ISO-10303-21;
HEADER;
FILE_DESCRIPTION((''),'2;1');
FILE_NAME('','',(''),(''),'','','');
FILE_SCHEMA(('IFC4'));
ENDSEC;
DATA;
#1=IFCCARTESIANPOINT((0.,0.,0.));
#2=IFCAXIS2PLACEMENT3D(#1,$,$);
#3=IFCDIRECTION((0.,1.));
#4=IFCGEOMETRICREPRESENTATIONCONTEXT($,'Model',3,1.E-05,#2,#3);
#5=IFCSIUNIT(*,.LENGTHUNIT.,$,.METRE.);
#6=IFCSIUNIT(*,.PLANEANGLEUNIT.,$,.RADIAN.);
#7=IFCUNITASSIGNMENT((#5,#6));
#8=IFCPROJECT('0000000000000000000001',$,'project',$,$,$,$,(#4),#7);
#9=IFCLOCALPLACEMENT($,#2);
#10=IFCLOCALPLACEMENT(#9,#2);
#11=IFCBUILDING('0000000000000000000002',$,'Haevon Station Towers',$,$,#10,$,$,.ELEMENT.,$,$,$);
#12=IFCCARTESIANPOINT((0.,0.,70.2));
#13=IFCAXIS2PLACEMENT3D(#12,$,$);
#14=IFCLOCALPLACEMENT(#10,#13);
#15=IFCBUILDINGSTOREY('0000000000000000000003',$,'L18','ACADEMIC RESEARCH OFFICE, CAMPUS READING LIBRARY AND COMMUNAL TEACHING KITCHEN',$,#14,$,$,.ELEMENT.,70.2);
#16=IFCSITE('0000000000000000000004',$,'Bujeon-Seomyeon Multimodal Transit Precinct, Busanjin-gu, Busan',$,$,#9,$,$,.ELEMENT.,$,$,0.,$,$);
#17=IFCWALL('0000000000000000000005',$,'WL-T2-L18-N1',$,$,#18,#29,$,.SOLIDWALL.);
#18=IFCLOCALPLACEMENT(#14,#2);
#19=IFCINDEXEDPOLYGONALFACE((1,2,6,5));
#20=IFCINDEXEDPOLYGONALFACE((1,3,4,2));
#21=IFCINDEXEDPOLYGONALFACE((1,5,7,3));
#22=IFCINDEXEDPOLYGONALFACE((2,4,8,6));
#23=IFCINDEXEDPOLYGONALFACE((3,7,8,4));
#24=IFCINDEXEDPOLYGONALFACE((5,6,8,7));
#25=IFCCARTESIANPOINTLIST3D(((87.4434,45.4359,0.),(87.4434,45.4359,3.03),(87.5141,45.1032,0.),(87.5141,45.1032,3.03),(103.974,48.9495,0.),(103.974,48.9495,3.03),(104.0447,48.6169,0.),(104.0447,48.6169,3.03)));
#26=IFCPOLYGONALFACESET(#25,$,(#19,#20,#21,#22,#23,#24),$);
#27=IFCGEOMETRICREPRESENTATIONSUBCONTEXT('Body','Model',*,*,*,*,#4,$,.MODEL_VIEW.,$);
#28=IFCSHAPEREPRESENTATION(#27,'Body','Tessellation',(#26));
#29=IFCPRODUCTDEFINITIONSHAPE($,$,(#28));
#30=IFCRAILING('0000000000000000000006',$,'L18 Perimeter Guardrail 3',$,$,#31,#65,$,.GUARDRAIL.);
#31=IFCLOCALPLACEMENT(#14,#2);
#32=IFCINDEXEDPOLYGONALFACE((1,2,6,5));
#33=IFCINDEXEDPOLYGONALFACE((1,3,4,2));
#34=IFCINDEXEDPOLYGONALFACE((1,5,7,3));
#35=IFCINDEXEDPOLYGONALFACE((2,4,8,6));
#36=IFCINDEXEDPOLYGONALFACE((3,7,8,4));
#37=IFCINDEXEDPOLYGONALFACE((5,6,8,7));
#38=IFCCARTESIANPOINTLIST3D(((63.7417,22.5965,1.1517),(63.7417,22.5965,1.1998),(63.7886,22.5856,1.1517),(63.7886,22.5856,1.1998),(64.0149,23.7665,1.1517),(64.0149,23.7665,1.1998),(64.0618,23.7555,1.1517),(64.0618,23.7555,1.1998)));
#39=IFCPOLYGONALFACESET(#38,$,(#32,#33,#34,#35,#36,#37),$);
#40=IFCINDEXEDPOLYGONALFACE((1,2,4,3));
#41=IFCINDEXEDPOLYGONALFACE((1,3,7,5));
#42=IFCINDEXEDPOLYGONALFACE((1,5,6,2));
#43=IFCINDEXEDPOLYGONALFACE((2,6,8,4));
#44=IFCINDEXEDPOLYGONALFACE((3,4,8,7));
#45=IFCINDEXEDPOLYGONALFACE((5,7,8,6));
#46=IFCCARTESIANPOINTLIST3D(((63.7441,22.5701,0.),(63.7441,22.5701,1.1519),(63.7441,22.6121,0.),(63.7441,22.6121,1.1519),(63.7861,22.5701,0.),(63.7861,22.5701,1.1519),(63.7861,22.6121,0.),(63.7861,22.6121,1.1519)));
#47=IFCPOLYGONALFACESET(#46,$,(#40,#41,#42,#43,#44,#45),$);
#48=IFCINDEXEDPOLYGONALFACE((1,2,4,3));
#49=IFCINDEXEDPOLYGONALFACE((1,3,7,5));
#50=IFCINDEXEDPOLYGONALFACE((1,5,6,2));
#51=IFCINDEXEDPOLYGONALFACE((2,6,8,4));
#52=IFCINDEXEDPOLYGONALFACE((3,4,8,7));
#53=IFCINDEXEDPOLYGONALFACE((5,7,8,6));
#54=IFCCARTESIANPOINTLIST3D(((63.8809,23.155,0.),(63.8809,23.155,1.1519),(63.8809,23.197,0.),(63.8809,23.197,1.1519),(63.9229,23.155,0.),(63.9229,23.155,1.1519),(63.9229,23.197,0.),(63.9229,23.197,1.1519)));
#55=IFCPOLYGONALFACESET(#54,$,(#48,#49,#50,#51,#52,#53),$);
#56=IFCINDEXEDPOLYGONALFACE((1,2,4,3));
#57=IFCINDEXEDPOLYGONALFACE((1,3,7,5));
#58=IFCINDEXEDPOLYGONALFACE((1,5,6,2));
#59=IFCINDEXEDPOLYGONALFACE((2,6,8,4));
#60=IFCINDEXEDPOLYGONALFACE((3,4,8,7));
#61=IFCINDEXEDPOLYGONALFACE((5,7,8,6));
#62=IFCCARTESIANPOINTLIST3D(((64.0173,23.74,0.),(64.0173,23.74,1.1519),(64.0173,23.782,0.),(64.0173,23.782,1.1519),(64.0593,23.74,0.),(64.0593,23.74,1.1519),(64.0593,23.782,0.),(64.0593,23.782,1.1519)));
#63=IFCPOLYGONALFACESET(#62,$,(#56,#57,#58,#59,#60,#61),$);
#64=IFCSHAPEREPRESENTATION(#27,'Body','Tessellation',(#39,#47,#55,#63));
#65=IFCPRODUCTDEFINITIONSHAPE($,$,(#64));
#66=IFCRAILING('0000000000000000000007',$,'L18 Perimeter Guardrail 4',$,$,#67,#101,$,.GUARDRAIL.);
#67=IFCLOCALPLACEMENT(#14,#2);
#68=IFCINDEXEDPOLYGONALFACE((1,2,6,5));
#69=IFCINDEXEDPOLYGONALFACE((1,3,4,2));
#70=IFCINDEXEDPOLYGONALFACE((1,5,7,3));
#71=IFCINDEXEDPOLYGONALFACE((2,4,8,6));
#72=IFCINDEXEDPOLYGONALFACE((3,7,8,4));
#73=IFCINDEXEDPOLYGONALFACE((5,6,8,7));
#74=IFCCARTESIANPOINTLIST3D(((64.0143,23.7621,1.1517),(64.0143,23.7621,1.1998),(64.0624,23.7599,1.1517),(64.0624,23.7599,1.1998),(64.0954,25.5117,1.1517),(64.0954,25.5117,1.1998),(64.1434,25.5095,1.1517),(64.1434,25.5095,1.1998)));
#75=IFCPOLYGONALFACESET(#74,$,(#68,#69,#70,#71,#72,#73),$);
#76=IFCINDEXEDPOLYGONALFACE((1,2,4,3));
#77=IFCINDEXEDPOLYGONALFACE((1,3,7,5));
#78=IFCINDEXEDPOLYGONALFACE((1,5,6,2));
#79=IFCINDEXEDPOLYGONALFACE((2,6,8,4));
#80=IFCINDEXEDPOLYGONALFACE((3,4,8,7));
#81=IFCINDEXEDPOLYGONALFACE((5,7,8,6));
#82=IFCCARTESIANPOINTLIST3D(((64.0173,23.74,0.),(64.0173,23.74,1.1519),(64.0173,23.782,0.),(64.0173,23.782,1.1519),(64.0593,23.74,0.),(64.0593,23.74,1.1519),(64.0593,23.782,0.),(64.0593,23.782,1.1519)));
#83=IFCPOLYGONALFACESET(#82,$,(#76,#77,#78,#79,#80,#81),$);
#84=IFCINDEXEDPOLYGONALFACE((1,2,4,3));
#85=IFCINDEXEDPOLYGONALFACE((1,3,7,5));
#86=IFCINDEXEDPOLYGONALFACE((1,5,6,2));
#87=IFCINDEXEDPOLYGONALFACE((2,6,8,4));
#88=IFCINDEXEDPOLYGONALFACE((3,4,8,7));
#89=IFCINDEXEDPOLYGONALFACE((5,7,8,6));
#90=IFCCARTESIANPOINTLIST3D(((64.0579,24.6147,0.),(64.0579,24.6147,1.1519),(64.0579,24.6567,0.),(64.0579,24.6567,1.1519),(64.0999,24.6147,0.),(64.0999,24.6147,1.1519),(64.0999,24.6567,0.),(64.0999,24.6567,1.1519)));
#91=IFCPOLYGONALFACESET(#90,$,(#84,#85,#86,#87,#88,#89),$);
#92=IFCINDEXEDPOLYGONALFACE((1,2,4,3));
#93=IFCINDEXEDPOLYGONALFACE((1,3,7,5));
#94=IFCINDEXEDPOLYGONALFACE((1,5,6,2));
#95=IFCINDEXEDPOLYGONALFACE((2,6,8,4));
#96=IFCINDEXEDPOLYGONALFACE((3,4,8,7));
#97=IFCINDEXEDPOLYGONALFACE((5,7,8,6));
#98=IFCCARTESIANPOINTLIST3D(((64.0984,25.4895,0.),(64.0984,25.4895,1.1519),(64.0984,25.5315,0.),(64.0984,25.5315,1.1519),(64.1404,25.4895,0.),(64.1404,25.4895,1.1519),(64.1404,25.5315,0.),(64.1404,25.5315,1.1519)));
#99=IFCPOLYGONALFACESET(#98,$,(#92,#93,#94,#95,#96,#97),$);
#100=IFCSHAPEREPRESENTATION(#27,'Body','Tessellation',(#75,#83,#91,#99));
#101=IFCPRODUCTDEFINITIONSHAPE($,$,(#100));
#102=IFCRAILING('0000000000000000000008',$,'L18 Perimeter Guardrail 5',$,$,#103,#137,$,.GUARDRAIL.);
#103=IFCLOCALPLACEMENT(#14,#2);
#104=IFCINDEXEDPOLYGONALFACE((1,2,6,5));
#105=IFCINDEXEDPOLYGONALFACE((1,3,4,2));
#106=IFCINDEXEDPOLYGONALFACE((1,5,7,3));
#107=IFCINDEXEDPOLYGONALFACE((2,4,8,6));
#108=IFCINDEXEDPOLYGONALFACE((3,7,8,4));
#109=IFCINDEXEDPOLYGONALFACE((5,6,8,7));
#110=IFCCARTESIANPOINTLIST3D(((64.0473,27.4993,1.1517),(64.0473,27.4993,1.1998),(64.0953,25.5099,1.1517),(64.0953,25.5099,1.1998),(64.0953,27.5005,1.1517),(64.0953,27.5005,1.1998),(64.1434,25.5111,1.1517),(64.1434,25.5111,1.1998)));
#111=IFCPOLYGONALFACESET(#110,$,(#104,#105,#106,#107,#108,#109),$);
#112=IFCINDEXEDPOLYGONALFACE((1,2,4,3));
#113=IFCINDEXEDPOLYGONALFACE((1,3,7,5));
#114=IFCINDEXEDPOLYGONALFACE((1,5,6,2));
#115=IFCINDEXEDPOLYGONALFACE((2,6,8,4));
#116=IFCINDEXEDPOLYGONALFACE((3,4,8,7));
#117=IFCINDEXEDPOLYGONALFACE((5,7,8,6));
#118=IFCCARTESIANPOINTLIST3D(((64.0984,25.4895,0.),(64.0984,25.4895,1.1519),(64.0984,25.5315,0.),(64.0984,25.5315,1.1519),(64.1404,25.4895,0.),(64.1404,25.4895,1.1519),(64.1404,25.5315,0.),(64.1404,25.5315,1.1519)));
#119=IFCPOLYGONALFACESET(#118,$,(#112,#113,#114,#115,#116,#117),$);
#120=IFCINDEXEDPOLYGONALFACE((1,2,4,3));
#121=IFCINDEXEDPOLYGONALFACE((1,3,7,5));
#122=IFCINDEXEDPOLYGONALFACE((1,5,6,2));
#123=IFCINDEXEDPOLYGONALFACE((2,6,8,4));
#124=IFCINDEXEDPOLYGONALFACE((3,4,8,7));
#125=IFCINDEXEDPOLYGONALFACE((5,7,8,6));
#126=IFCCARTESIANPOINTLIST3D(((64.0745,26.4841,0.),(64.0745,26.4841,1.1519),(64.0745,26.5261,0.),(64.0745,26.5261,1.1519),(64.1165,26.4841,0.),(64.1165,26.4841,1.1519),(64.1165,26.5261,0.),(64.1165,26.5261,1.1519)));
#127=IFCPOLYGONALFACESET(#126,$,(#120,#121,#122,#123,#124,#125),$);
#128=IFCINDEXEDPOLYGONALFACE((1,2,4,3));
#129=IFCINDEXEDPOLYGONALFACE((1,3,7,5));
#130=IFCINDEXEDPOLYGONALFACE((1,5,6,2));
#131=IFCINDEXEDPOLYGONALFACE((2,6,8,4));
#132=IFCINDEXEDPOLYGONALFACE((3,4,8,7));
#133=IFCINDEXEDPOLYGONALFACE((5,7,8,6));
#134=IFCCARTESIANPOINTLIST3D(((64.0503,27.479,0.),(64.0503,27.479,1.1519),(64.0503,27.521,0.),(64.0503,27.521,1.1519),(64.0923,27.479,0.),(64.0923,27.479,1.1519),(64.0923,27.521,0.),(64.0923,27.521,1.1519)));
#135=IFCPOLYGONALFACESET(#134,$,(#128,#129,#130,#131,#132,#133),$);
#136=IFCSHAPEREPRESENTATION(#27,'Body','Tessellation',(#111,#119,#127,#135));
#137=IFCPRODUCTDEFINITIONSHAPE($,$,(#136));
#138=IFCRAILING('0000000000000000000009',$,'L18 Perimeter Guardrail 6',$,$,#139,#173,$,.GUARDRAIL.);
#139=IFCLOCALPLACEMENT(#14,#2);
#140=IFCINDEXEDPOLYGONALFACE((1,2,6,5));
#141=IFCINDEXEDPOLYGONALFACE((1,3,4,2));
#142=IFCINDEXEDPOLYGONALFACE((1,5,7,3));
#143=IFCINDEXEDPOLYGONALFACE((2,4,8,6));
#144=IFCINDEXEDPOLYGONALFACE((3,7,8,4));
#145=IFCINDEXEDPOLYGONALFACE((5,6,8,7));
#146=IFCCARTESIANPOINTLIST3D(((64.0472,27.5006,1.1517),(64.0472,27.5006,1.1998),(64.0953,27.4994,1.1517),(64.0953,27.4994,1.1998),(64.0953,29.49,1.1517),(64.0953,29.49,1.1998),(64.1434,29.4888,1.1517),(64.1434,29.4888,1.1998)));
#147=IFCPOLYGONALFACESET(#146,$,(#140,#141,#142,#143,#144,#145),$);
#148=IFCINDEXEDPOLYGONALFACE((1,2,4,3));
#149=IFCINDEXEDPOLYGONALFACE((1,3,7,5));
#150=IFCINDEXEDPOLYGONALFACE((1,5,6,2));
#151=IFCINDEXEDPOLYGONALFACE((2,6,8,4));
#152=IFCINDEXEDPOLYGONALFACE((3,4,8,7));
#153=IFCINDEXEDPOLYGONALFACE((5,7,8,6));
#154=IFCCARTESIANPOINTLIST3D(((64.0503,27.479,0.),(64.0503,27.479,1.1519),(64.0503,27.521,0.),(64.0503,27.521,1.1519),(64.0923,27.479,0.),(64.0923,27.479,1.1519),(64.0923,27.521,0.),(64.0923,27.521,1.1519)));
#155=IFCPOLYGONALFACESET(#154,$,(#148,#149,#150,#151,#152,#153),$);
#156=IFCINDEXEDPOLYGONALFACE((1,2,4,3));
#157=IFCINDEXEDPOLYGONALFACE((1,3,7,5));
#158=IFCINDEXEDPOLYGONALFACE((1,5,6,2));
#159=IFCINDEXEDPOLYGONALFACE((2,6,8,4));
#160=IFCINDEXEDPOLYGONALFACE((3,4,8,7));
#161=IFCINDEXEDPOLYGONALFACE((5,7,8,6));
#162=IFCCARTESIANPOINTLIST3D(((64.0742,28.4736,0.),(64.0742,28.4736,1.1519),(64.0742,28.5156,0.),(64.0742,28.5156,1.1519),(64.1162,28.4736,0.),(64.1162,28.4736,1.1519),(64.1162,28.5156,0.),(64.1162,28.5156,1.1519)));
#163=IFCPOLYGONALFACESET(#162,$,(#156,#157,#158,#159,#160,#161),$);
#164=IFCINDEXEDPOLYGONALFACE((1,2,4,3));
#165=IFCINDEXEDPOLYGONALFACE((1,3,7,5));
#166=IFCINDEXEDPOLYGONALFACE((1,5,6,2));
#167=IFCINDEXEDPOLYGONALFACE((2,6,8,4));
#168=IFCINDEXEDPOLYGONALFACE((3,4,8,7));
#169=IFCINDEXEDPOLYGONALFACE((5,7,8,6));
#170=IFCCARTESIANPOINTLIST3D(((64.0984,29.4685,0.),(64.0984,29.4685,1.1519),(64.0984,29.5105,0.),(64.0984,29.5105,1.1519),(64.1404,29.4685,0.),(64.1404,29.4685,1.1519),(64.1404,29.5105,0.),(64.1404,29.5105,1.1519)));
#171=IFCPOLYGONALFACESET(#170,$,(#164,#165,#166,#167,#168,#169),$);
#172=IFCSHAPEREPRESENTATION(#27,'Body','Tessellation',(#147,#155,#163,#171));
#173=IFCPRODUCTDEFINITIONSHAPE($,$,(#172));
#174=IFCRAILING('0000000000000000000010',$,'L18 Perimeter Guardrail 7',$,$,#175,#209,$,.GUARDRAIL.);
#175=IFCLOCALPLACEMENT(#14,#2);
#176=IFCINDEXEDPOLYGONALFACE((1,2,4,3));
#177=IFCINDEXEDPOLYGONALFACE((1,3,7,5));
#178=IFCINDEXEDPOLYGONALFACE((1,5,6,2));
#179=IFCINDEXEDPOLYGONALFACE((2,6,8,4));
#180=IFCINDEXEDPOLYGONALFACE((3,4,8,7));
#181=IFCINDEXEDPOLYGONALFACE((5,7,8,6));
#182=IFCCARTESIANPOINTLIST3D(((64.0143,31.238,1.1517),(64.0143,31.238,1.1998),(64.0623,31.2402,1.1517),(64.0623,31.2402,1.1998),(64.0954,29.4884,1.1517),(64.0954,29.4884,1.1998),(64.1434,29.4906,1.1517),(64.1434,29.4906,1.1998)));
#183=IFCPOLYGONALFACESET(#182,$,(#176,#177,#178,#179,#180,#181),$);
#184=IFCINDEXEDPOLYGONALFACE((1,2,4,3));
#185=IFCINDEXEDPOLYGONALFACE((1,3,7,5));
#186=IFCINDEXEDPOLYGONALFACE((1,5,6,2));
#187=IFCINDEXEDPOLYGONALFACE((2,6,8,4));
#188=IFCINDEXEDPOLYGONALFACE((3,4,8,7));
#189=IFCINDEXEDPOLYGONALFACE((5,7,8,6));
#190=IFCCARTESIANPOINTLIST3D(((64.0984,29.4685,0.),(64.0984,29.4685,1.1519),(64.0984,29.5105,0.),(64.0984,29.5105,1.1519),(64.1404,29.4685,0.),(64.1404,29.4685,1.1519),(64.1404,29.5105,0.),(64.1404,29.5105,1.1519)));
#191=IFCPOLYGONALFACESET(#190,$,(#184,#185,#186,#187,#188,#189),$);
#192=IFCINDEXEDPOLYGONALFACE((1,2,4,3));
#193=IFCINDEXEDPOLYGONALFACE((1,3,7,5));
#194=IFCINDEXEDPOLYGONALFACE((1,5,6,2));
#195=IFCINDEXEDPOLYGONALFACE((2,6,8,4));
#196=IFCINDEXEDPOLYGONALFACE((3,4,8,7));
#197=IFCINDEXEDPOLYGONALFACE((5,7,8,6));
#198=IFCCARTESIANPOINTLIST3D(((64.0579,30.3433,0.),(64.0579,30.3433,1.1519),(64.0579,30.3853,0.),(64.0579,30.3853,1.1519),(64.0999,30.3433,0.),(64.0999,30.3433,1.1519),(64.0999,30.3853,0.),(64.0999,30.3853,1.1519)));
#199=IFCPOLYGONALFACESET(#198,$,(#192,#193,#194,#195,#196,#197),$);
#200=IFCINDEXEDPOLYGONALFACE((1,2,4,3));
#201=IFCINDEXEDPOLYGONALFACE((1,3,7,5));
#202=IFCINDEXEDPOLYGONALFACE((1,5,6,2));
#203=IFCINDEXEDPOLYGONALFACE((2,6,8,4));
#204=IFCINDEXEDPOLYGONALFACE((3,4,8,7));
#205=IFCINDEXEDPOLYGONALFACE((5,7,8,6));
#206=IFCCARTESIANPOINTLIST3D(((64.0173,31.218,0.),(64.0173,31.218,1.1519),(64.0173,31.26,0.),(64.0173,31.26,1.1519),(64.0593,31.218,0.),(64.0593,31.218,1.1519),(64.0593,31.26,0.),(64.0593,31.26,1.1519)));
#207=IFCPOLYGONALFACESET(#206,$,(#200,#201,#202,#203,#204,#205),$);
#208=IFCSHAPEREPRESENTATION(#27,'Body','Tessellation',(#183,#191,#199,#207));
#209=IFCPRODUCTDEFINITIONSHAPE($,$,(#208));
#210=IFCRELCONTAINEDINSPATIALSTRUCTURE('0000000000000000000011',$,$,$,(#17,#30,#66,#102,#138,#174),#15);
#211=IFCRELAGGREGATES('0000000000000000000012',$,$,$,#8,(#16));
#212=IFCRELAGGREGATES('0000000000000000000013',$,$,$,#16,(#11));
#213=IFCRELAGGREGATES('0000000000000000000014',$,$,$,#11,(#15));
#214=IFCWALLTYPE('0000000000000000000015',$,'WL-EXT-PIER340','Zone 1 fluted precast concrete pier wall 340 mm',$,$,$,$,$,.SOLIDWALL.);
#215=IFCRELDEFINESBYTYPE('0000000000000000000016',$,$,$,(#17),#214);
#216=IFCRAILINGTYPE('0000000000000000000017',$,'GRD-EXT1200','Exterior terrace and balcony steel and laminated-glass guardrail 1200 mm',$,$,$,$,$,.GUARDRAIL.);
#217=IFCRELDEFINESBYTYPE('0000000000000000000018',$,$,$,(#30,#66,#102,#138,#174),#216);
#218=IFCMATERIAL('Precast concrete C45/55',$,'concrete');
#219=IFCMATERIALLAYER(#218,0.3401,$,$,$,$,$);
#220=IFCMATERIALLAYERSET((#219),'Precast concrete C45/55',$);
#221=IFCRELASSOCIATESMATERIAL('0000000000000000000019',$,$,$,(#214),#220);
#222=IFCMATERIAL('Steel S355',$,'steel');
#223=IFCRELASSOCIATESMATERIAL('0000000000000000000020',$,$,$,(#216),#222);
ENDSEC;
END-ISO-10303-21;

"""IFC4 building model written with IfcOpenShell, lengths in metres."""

from ifc_helpers import new_model, si_unit, direction, frame, frame_2d, origin, origin_2d, place, context, subcontext, project, spatial, rectangle, extrude, material, layer, layer_set, type_object, element, save


model = new_model("IFC4")

# Units and contexts
model_context = context("Model", 3, precision=1e-05, world=origin(), true_north=direction((0.0, 1.0)))
body_context = subcontext(model_context, "Body", "Model", "MODEL_VIEW")
ifc_project = project(units=[si_unit("LENGTHUNIT", "METRE"), si_unit("PLANEANGLEUNIT", "RADIAN")], contexts=[model_context])

# Site, building, storey
site_placement = place(None, origin())
site = spatial("IfcSite", under=ifc_project, at=site_placement, Name="Bujeon-Seomyeon Multimodal Transit Precinct, Busanjin-gu, Busan", CompositionType="ELEMENT", RefElevation=0.0)
building_placement = place(site_placement, origin())
building = spatial("IfcBuilding", under=site, at=building_placement, Name="Haevon Station Towers", CompositionType="ELEMENT")
storey_placement = place(building_placement, frame((0.0, 0.0, 70.2)))
storey = spatial("IfcBuildingStorey", under=building, at=storey_placement, Name="L18", Description="ACADEMIC RESEARCH OFFICE, CAMPUS READING LIBRARY AND COMMUNAL TEACHING KITCHEN", CompositionType="ELEMENT", Elevation=70.2)

# Shared definitions
ifc_material_1 = material(Name="Steel S355", Category="steel")

# Wall
ifc_material_2 = material(Name="Precast concrete C45/55", Category="concrete")
ifc_layer_1 = layer(ifc_material_2, 0.3401)
ifc_layer_set_1 = layer_set([ifc_layer_1], Name="Precast concrete C45/55")
wall_type = type_object("IfcWallType", Name="WL-EXT-PIER340", Description="Zone 1 fluted precast concrete pier wall 340 mm", PredefinedType="SOLIDWALL", material=ifc_layer_set_1)
wall_1_placement = place(storey_placement, frame((87.4788, 45.2695, 0.0), z_axis=(0.0, 0.0, 1.0), x_axis=(0.978148, 0.207912, 0.0)))
element("IfcWall", 1, at=wall_1_placement, inside=storey, type_object=wall_type, Name="WL-T2-L18-N1", PredefinedType="SOLIDWALL", context=body_context, shape_type="SweptSolid", body=[
    extrude(rectangle(XDim=16.8999, YDim=0.3401, at=frame_2d((8.45, 0.0))), origin(), (0.0, 0.0, 1.0), 3.03),
])

# Railings
railing_type = type_object("IfcRailingType", Name="GRD-EXT1200", Description="Exterior terrace and balcony steel and laminated-glass guardrail 1200 mm", PredefinedType="GUARDRAIL", material=ifc_material_1)
railing_1_placement = place(storey_placement, frame((63.7651, 22.5911, 0.0)))
element("IfcRailing", 2, at=railing_1_placement, inside=storey, type_object=railing_type, Name="L18 Perimeter Guardrail 3", PredefinedType="GUARDRAIL", context=body_context, shape_type="SweptSolid", body=[
    extrude(rectangle(XDim=0.0481, YDim=0.0481, at=origin_2d()), frame((0.0, 0.0, 1.1758), z_axis=(0.227397, 0.973802, 0.0), x_axis=(-0.973802, 0.227397, 0.0)), (0.0, 0.0, 1.0), 1.2014),
    extrude(rectangle(XDim=0.042, YDim=0.042, at=origin_2d()), origin(), (0.0, 0.0, 1.0), 1.1519),
    extrude(rectangle(XDim=0.042, YDim=0.042, at=origin_2d()), frame((0.1367, 0.585, 0.0)), (0.0, 0.0, 1.0), 1.1519),
    extrude(rectangle(XDim=0.042, YDim=0.042, at=origin_2d()), frame((0.2732, 1.1699, 0.0)), (0.0, 0.0, 1.0), 1.1519),
])
railing_2_placement = place(storey_placement, frame((64.0383, 23.761, 0.0)))
element("IfcRailing", 3, at=railing_2_placement, inside=storey, type_object=railing_type, Name="L18 Perimeter Guardrail 4", PredefinedType="GUARDRAIL", context=body_context, shape_type="SweptSolid", body=[
    extrude(rectangle(XDim=0.0481, YDim=0.0481, at=origin_2d()), frame((0.0, 0.0, 1.1758), z_axis=(0.04628, 0.998928, 0.0), x_axis=(-0.998928, 0.04628, 0.0)), (0.0, 0.0, 1.0), 1.7515),
    extrude(rectangle(XDim=0.042, YDim=0.042, at=origin_2d()), origin(), (0.0, 0.0, 1.0), 1.1519),
    extrude(rectangle(XDim=0.042, YDim=0.042, at=origin_2d()), frame((0.0405, 0.8748, 0.0)), (0.0, 0.0, 1.0), 1.1519),
    extrude(rectangle(XDim=0.042, YDim=0.042, at=origin_2d()), frame((0.0811, 1.7495, 0.0)), (0.0, 0.0, 1.0), 1.1519),
])
railing_3_placement = place(storey_placement, frame((64.1194, 25.5105, 0.0)))
element("IfcRailing", 4, at=railing_3_placement, inside=storey, type_object=railing_type, Name="L18 Perimeter Guardrail 5", PredefinedType="GUARDRAIL", context=body_context, shape_type="SweptSolid", body=[
    extrude(rectangle(XDim=0.0481, YDim=0.0481, at=origin_2d()), frame((0.0, 0.0, 1.1758), z_axis=(-0.024168, 0.999708, 0.0), x_axis=(-0.999708, -0.024168, 0.0)), (0.0, 0.0, 1.0), 1.99),
    extrude(rectangle(XDim=0.042, YDim=0.042, at=origin_2d()), origin(), (0.0, 0.0, 1.0), 1.1519),
    extrude(rectangle(XDim=0.042, YDim=0.042, at=origin_2d()), frame((-0.0239, 0.9946, 0.0)), (0.0, 0.0, 1.0), 1.1519),
    extrude(rectangle(XDim=0.042, YDim=0.042, at=origin_2d()), frame((-0.0481, 1.9895, 0.0)), (0.0, 0.0, 1.0), 1.1519),
])
railing_4_placement = place(storey_placement, frame((64.0713, 27.5, 0.0)))
element("IfcRailing", 5, at=railing_4_placement, inside=storey, type_object=railing_type, Name="L18 Perimeter Guardrail 6", PredefinedType="GUARDRAIL", context=body_context, shape_type="SweptSolid", body=[
    extrude(rectangle(XDim=0.0481, YDim=0.0481, at=origin_2d()), frame((0.0, 0.0, 1.1758), z_axis=(0.024168, 0.999708, 0.0), x_axis=(-0.999708, 0.024168, 0.0)), (0.0, 0.0, 1.0), 1.99),
    extrude(rectangle(XDim=0.042, YDim=0.042, at=origin_2d()), origin(), (0.0, 0.0, 1.0), 1.1519),
    extrude(rectangle(XDim=0.042, YDim=0.042, at=origin_2d()), frame((0.0239, 0.9946, 0.0)), (0.0, 0.0, 1.0), 1.1519),
    extrude(rectangle(XDim=0.042, YDim=0.042, at=origin_2d()), frame((0.0481, 1.9895, 0.0)), (0.0, 0.0, 1.0), 1.1519),
])
railing_5_placement = place(storey_placement, frame((64.1194, 29.4895, 0.0)))
element("IfcRailing", 6, at=railing_5_placement, inside=storey, type_object=railing_type, Name="L18 Perimeter Guardrail 7", PredefinedType="GUARDRAIL", context=body_context, shape_type="SweptSolid", body=[
    extrude(rectangle(XDim=0.0481, YDim=0.0481, at=origin_2d()), frame((0.0, 0.0, 1.1758), z_axis=(-0.04628, 0.998928, 0.0), x_axis=(-0.998928, -0.04628, 0.0)), (0.0, 0.0, 1.0), 1.7515),
    extrude(rectangle(XDim=0.042, YDim=0.042, at=origin_2d()), origin(), (0.0, 0.0, 1.0), 1.1519),
    extrude(rectangle(XDim=0.042, YDim=0.042, at=origin_2d()), frame((-0.0405, 0.8748, 0.0)), (0.0, 0.0, 1.0), 1.1519),
    extrude(rectangle(XDim=0.042, YDim=0.042, at=origin_2d()), frame((-0.0811, 1.7495, 0.0)), (0.0, 0.0, 1.0), 1.1519),
])

save(model, "model.ifc")
